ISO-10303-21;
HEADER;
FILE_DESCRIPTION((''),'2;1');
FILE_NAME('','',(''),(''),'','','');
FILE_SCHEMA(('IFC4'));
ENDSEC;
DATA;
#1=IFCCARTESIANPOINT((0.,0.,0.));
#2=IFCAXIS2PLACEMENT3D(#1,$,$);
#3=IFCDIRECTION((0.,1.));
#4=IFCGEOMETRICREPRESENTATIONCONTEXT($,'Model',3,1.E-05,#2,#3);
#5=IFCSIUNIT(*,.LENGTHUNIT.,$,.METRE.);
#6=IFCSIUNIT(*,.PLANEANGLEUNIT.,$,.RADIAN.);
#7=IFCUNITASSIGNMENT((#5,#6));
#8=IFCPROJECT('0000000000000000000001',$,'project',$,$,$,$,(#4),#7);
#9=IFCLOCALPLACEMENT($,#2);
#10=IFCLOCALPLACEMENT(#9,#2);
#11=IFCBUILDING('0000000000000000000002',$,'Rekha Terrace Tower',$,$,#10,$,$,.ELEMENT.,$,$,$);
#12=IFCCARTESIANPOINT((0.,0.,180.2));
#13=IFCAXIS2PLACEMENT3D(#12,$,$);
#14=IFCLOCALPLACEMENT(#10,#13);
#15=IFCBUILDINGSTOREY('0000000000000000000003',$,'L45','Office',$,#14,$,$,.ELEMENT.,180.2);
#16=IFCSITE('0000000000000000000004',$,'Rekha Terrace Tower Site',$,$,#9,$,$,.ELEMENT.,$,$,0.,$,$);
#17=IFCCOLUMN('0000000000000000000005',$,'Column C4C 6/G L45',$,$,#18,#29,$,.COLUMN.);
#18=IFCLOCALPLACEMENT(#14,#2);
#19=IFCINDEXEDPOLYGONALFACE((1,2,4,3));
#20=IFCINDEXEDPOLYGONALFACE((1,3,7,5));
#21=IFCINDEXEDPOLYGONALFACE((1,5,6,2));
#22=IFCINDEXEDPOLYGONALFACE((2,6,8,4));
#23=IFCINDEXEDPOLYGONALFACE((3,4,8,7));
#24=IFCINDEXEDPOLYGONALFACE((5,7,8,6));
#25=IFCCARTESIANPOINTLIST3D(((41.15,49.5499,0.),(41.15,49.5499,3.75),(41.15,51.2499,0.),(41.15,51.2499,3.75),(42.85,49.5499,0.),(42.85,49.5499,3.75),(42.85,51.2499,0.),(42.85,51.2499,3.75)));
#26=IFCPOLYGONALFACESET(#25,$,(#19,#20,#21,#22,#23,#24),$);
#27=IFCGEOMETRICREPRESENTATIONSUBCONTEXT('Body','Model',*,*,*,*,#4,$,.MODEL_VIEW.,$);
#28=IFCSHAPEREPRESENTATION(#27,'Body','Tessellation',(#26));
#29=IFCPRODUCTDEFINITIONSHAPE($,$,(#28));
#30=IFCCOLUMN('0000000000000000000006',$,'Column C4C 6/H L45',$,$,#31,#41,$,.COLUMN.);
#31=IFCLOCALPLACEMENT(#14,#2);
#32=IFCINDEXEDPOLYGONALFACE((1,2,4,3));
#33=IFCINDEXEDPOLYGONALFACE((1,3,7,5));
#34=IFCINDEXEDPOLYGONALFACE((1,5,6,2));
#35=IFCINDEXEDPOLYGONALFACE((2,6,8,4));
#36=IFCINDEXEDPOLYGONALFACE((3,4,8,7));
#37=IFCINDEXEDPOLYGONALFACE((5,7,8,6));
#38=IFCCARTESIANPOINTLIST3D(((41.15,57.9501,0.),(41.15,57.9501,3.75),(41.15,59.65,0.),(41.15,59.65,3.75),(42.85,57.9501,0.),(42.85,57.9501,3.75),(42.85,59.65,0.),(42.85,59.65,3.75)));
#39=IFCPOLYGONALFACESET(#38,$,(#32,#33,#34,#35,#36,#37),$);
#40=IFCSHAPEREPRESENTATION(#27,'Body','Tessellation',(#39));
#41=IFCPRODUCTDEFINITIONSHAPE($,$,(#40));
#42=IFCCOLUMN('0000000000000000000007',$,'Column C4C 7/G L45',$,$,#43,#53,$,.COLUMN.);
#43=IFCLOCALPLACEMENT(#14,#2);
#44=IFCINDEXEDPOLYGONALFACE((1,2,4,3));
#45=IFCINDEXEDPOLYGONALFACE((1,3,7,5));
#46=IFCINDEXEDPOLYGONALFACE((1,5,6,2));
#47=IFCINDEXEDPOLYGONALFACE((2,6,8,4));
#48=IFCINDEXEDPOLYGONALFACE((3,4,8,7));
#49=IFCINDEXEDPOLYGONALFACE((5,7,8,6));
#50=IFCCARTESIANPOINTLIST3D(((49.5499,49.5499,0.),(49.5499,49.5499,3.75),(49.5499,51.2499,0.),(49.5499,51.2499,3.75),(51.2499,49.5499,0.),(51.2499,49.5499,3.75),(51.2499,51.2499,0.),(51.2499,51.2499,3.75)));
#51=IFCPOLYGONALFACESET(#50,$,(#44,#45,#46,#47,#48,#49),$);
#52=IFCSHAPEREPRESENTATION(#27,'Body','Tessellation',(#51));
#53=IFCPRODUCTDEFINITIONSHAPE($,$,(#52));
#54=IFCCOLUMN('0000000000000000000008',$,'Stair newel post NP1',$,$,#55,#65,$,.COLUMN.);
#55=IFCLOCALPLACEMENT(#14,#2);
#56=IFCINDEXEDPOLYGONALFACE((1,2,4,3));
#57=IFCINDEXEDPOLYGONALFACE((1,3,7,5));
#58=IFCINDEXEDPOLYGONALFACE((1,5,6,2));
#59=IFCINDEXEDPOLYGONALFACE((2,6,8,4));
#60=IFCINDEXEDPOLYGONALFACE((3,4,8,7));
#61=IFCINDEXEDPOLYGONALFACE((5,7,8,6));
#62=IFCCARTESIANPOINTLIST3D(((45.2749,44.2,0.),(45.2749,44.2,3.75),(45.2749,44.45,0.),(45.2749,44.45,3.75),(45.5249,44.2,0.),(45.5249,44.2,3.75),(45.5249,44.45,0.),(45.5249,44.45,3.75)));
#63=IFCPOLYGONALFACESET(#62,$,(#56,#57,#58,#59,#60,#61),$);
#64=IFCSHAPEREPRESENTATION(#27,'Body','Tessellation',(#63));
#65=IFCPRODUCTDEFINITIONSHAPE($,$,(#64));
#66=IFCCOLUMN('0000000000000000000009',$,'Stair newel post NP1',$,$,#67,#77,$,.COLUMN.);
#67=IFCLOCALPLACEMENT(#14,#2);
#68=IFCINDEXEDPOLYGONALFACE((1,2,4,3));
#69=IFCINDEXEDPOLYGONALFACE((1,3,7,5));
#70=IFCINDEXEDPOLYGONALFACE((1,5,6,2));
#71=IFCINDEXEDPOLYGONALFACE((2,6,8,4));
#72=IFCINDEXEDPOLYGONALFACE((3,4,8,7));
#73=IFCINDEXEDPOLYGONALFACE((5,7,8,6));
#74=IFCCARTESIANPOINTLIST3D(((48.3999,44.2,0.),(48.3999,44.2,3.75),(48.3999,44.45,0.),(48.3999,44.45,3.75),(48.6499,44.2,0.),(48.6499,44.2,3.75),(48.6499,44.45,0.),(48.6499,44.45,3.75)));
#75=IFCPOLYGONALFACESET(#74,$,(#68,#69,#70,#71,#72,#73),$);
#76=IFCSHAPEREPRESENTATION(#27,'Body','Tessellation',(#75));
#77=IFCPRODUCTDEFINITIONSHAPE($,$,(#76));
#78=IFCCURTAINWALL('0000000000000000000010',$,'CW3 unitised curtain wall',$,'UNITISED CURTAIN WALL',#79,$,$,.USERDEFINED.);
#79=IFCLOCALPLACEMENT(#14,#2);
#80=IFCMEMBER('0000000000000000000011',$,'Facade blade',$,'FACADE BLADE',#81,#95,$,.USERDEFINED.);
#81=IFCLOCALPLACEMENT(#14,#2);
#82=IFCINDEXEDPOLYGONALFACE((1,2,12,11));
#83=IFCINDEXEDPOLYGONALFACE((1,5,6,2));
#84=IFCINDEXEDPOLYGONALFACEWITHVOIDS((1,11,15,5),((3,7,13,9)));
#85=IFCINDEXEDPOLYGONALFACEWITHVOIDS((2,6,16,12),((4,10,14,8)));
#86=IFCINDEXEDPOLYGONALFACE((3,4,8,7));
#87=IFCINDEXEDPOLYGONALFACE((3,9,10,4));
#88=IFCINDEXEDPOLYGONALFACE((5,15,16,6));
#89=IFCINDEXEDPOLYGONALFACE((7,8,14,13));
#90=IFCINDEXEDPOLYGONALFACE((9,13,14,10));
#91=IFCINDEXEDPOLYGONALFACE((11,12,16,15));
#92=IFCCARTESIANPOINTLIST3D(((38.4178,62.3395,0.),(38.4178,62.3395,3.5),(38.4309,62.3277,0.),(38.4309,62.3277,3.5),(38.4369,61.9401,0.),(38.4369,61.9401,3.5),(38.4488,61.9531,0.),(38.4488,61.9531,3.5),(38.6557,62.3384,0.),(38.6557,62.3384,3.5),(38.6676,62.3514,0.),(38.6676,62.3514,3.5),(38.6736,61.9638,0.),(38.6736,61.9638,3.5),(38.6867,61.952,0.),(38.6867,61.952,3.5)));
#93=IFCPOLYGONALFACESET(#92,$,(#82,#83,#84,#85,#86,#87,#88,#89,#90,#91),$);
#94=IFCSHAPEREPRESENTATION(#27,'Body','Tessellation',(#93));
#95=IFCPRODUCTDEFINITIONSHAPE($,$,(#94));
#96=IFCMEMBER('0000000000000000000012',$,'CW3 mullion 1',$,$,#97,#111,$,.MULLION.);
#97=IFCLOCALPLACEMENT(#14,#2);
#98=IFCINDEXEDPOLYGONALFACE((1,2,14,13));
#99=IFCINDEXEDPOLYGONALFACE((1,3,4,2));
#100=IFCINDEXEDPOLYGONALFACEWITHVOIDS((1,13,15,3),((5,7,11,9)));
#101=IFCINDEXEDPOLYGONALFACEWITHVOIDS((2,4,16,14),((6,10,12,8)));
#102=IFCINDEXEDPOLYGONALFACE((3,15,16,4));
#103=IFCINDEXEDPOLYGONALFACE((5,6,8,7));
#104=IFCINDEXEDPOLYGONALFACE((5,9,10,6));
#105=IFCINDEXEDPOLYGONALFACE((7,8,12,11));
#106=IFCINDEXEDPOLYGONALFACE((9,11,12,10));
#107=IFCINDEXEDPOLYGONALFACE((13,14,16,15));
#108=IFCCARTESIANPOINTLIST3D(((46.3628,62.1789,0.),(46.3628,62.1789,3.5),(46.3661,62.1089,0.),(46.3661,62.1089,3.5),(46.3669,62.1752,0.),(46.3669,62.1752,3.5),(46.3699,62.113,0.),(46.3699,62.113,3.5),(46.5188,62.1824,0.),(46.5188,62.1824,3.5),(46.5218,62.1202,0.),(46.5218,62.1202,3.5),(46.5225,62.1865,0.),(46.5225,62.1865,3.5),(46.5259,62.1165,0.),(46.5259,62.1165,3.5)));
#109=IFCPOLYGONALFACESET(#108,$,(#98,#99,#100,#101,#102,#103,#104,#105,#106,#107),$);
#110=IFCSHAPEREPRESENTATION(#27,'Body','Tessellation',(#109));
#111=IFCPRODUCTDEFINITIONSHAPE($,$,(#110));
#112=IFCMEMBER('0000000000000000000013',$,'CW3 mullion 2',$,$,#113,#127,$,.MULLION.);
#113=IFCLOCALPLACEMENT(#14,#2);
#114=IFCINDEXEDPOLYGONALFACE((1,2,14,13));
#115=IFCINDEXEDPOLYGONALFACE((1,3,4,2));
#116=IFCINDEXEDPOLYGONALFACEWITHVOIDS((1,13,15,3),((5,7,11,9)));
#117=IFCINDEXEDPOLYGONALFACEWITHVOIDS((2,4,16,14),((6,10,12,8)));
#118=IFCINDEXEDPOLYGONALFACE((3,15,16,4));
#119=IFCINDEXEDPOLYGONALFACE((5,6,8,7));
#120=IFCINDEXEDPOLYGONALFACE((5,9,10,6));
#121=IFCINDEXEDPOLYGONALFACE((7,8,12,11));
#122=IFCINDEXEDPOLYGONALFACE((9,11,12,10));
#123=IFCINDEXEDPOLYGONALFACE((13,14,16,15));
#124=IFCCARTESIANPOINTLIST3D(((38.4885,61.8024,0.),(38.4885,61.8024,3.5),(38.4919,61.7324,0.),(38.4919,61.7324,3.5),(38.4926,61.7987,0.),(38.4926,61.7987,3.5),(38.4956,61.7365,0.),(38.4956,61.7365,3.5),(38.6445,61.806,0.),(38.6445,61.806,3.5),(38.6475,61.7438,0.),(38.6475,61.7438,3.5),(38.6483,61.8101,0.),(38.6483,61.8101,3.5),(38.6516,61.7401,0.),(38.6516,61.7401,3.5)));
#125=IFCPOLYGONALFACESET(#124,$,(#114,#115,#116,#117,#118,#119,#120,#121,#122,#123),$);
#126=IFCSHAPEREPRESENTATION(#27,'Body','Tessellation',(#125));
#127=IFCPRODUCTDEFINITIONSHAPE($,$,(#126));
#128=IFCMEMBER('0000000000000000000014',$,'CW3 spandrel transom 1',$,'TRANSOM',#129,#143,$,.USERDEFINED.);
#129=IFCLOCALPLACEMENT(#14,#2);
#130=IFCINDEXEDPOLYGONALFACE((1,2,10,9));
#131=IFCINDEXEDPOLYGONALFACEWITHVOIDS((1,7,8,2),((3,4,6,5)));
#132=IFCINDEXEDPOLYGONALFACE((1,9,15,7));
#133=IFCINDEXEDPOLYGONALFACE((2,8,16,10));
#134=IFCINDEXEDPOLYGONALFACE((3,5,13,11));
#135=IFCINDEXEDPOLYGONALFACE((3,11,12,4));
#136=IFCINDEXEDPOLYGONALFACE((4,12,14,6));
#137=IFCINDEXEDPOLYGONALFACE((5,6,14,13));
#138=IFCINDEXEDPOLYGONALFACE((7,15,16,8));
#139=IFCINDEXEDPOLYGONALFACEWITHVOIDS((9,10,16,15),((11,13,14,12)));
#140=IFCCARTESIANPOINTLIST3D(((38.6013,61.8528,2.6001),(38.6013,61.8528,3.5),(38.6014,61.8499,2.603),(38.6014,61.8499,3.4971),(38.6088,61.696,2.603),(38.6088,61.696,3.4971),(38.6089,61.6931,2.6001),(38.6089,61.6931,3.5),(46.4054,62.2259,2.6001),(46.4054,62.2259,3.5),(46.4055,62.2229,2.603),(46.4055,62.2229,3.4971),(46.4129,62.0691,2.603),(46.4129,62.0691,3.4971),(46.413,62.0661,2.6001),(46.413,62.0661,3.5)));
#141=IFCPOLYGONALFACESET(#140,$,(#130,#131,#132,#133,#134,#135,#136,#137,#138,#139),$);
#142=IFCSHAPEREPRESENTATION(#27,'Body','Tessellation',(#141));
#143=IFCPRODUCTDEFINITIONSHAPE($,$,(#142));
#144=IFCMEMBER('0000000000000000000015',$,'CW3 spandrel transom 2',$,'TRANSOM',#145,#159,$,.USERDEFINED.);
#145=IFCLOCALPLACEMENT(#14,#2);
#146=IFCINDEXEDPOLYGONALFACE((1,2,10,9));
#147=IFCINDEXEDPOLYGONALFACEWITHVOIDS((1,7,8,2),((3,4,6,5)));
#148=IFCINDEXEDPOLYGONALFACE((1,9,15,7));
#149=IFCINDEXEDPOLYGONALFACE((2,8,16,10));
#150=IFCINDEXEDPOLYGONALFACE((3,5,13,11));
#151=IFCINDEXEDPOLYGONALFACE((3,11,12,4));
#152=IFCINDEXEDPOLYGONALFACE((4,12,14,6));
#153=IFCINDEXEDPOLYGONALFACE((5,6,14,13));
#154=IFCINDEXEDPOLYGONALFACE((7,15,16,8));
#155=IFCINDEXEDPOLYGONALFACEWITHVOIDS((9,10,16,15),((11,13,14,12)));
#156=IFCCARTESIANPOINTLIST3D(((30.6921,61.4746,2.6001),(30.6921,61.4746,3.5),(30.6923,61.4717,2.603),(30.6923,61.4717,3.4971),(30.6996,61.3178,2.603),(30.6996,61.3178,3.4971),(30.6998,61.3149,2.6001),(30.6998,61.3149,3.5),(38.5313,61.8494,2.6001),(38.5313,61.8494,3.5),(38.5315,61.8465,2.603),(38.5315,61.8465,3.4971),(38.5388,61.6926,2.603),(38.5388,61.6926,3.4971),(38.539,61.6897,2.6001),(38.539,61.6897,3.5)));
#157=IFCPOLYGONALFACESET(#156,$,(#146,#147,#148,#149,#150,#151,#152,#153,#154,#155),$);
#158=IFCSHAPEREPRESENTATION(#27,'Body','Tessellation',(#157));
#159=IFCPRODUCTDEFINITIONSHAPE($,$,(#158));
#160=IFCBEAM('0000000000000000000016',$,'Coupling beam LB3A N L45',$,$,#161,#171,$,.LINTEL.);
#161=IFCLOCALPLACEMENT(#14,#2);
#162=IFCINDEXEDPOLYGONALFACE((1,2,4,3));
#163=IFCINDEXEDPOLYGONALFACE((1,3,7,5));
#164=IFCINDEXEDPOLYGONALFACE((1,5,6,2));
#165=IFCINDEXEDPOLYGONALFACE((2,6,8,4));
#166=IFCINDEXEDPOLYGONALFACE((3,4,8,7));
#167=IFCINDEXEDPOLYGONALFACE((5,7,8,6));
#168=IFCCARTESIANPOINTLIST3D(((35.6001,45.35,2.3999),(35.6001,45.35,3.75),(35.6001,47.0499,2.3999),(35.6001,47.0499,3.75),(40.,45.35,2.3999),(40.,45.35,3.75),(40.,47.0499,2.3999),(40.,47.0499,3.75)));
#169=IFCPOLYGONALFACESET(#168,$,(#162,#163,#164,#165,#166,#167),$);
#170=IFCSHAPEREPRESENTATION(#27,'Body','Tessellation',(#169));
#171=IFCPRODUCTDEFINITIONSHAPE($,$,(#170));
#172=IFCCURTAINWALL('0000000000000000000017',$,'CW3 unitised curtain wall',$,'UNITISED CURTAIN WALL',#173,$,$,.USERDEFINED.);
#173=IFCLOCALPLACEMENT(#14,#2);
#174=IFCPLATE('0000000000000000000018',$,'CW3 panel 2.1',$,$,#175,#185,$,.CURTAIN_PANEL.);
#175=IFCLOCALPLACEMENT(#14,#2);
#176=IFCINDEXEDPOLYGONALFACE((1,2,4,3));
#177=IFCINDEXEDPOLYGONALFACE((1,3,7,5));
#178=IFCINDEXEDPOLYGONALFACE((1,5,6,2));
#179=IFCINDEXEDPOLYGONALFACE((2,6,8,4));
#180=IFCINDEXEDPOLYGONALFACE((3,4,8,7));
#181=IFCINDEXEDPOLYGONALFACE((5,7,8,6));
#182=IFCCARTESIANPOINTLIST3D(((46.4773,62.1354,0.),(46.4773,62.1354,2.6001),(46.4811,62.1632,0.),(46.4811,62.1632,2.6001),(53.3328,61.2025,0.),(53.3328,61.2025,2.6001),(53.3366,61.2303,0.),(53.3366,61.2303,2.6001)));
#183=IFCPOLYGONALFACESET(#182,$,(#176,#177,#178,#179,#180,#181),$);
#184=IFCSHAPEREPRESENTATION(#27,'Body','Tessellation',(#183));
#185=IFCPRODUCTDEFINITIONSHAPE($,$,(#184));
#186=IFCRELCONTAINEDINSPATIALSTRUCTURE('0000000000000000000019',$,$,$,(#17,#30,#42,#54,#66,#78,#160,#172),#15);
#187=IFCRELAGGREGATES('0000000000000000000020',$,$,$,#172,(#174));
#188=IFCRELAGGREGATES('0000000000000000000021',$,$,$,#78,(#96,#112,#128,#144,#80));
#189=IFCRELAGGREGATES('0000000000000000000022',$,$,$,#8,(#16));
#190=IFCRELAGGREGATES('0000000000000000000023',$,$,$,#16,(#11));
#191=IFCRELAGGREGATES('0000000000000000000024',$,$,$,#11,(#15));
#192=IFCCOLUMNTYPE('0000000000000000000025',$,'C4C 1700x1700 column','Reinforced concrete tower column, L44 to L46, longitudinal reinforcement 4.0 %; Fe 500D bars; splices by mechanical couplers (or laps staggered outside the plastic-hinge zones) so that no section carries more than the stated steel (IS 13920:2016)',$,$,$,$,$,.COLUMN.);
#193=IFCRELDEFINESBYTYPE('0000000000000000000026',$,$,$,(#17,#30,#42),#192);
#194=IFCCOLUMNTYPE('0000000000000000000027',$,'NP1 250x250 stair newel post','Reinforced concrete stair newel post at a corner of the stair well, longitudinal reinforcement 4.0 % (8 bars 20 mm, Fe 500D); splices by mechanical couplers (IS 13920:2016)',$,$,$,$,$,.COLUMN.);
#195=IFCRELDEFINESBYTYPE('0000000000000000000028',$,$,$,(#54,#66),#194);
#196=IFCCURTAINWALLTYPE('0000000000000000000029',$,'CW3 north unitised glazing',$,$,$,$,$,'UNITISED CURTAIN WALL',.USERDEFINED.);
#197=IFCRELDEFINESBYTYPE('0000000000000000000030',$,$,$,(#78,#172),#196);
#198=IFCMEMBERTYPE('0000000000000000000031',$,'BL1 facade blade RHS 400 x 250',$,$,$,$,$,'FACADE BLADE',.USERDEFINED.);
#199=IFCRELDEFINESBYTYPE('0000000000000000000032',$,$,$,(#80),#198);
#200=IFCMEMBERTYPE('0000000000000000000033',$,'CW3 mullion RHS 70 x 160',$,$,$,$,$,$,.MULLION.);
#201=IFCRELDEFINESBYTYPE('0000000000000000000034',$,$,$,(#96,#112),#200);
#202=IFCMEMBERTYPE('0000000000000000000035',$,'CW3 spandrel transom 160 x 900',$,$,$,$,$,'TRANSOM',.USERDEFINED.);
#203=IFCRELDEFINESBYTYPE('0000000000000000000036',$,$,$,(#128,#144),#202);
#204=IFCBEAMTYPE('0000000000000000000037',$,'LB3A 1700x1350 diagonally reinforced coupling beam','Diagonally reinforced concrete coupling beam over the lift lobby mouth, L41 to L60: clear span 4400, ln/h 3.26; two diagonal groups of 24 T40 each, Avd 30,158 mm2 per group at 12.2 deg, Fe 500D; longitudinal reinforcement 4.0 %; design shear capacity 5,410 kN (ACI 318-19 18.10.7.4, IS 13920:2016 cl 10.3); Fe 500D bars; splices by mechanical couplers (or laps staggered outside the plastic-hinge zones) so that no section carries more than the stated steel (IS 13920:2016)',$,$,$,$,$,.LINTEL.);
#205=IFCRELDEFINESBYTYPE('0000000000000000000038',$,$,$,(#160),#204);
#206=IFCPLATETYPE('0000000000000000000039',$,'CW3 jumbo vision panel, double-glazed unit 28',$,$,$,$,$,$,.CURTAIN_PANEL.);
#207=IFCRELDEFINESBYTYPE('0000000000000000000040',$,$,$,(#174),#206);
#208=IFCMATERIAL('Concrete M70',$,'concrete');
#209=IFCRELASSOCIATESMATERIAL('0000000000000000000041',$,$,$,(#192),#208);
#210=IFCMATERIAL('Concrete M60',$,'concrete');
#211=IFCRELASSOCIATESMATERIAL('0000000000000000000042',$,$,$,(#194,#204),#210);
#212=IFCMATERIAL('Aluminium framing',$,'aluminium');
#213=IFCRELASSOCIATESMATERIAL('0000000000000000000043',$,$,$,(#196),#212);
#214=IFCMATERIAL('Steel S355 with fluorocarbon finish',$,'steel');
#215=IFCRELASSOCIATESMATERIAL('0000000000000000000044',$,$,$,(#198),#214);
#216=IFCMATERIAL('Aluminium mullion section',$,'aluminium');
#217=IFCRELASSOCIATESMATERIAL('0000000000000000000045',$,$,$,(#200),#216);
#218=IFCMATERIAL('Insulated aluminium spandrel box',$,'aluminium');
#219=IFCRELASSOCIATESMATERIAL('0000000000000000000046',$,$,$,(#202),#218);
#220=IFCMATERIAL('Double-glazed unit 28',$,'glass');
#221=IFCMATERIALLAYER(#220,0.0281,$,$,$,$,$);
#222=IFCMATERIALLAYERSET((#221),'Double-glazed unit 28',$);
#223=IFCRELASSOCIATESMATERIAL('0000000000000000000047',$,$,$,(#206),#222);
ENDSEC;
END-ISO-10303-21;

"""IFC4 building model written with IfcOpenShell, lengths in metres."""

from ifc_helpers import new_model, si_unit, direction, frame, origin, origin_2d, place, context, subcontext, project, spatial, rectangle, hollow_rectangle, extrude, material, layer, layer_set, material_profile, profile_set, type_object, element, aggregate, save


model = new_model("IFC4")

# Units and contexts
model_context = context("Model", 3, precision=1e-05, world=origin(), true_north=direction((0.0, 1.0)))
body_context = subcontext(model_context, "Body", "Model", "MODEL_VIEW")
ifc_project = project(units=[si_unit("LENGTHUNIT", "METRE"), si_unit("PLANEANGLEUNIT", "RADIAN")], contexts=[model_context])

# Site, building, storey
site_placement = place(None, origin())
site = spatial("IfcSite", under=ifc_project, at=site_placement, Name="Rekha Terrace Tower Site", CompositionType="ELEMENT", RefElevation=0.0)
building_placement = place(site_placement, origin())
building = spatial("IfcBuilding", under=site, at=building_placement, Name="Rekha Terrace Tower", CompositionType="ELEMENT")
storey_placement = place(building_placement, frame((0.0, 0.0, 180.2)))
storey = spatial("IfcBuildingStorey", under=building, at=storey_placement, Name="L45", Description="Office", CompositionType="ELEMENT", Elevation=180.2)

# Columns
ifc_material_1 = material(Name="Concrete M70", Category="concrete")
ifc_material_profile_1 = material_profile(ifc_material_1, rectangle(XDim=1.7, YDim=1.7, at=origin_2d()), Name="RC 1700x1700")
ifc_profile_set_1 = profile_set([ifc_material_profile_1], Name="Concrete M70")
column_type_1 = type_object("IfcColumnType", Name="C4C 1700x1700 column", Description="Reinforced concrete tower column, L44 to L46, longitudinal reinforcement 4.0 %; Fe 500D bars; splices by mechanical couplers (or laps staggered outside the plastic-hinge zones) so that no section carries more than the stated steel (IS 13920:2016)", PredefinedType="COLUMN", material=ifc_profile_set_1)
for number, where, z_axis, x_axis, name in (
    (1, (42.0, 50.3999, 0.0), (0.0, 0.0, 1.0), (1.0, 0.0, 0.0), "Column C4C 6/G L45"),
    (2, (42.0, 58.8, 0.0), (0.0, 0.0, 1.0), (1.0, 0.0, 0.0), "Column C4C 6/H L45"),
    (3, (50.3999, 50.3999, 0.0), (0.0, 0.0, 1.0), (1.0, 0.0, 0.0), "Column C4C 7/G L45"),
):
    element("IfcColumn", number, at=place(storey_placement, frame(where, z_axis=z_axis, x_axis=x_axis)), inside=storey, type_object=column_type_1, Name=name, PredefinedType="COLUMN", context=body_context, shape_type="SweptSolid", body=[
        extrude(rectangle(XDim=1.7, YDim=1.7, at=origin_2d()), origin(), (0.0, 0.0, 1.0), 3.75),
    ])
ifc_material_2 = material(Name="Concrete M60", Category="concrete")
ifc_material_profile_2 = material_profile(ifc_material_2, rectangle(XDim=0.25, YDim=0.25, at=origin_2d()), Name="RC 250x250")
ifc_profile_set_2 = profile_set([ifc_material_profile_2], Name="Concrete M60")
column_type_2 = type_object("IfcColumnType", Name="NP1 250x250 stair newel post", Description="Reinforced concrete stair newel post at a corner of the stair well, longitudinal reinforcement 4.0 % (8 bars 20 mm, Fe 500D); splices by mechanical couplers (IS 13920:2016)", PredefinedType="COLUMN", material=ifc_profile_set_2)
for number, where, z_axis, x_axis, name in (
    (4, (45.3999, 44.325, 0.0), (0.0, 0.0, 1.0), (1.0, 0.0, 0.0), "Stair newel post NP1"),
    (5, (48.5249, 44.325, 0.0), (0.0, 0.0, 1.0), (1.0, 0.0, 0.0), "Stair newel post NP1"),
):
    element("IfcColumn", number, at=place(storey_placement, frame(where, z_axis=z_axis, x_axis=x_axis)), inside=storey, type_object=column_type_2, Name=name, PredefinedType="COLUMN", context=body_context, shape_type="SweptSolid", body=[
        extrude(rectangle(XDim=0.25, YDim=0.25, at=origin_2d()), origin(), (0.0, 0.0, 1.0), 3.75),
    ])

# Curtain wall, members
ifc_material_3 = material(Name="Aluminium framing", Category="aluminium")
curtain_wall_type = type_object("IfcCurtainWallType", Name="CW3 north unitised glazing", ElementType="UNITISED CURTAIN WALL", PredefinedType="USERDEFINED", material=ifc_material_3)
curtain_wall_1_placement = place(storey_placement, origin())
curtain_wall_1 = element("IfcCurtainWall", 6, at=curtain_wall_1_placement, inside=storey, type_object=curtain_wall_type, Name="CW3 unitised curtain wall", ObjectType="UNITISED CURTAIN WALL", PredefinedType="USERDEFINED")
ifc_material_4 = material(Name="Steel S355 with fluorocarbon finish", Category="steel")
ifc_material_profile_3 = material_profile(ifc_material_4, hollow_rectangle(XDim=0.25, YDim=0.3999, WallThickness=0.0125, at=origin_2d()), Name="RHS400x250x12.5")
ifc_profile_set_3 = profile_set([ifc_material_profile_3], Name="Steel S355 with fluorocarbon finish")
member_type_1 = type_object("IfcMemberType", Name="BL1 facade blade RHS 400 x 250", ElementType="FACADE BLADE", PredefinedType="USERDEFINED", material=ifc_profile_set_3)
member_1_placement = place(storey_placement, frame((38.5522, 62.1458, 0.0), z_axis=(0.0, 0.0, 1.0), x_axis=(-0.998859, -0.047758, 0.0)))
member_1 = element("IfcMember", 7, at=member_1_placement, type_object=member_type_1, Name="Facade blade", ObjectType="FACADE BLADE", PredefinedType="USERDEFINED", context=body_context, shape_type="SweptSolid", body=[
    extrude(hollow_rectangle(XDim=0.25, YDim=0.3999, WallThickness=0.0125, at=origin_2d()), origin(), (0.0, 0.0, 1.0), 3.5),
])
ifc_material_5 = material(Name="Aluminium mullion section", Category="aluminium")
ifc_material_profile_4 = material_profile(ifc_material_5, hollow_rectangle(XDim=0.0701, YDim=0.1599, WallThickness=0.0039, at=origin_2d()), Name="AL RHS 70x160")
ifc_profile_set_4 = profile_set([ifc_material_profile_4], Name="Aluminium mullion section")
member_type_2 = type_object("IfcMemberType", Name="CW3 mullion RHS 70 x 160", PredefinedType="MULLION", material=ifc_profile_set_4)
member_2_placement = place(storey_placement, frame((46.4443, 62.1477, 0.0), z_axis=(0.0, 0.0, 1.0), x_axis=(0.047759, -0.998859, 0.0)))
member_2 = element("IfcMember", 8, at=member_2_placement, type_object=member_type_2, Name="CW3 mullion 1", PredefinedType="MULLION", context=body_context, shape_type="SweptSolid", body=[
    extrude(hollow_rectangle(XDim=0.0701, YDim=0.1599, WallThickness=0.0039, at=origin_2d()), origin(), (0.0, 0.0, 1.0), 3.5),
])
member_3_placement = place(storey_placement, frame((38.5701, 61.7712, 0.0), z_axis=(0.0, 0.0, 1.0), x_axis=(0.047759, -0.998859, 0.0)))
member_3 = element("IfcMember", 9, at=member_3_placement, type_object=member_type_2, Name="CW3 mullion 2", PredefinedType="MULLION", context=body_context, shape_type="SweptSolid", body=[
    extrude(hollow_rectangle(XDim=0.0701, YDim=0.1599, WallThickness=0.0039, at=origin_2d()), origin(), (0.0, 0.0, 1.0), 3.5),
])
ifc_material_6 = material(Name="Insulated aluminium spandrel box", Category="aluminium")
ifc_material_profile_5 = material_profile(ifc_material_6, hollow_rectangle(XDim=0.1599, YDim=0.8999, WallThickness=0.0029, at=origin_2d()), Name="AL SPANDREL BOX 160x900")
ifc_profile_set_5 = profile_set([ifc_material_profile_5], Name="Insulated aluminium spandrel box")
member_type_3 = type_object("IfcMemberType", Name="CW3 spandrel transom 160 x 900", ElementType="TRANSOM", PredefinedType="USERDEFINED", material=ifc_profile_set_5)
member_4_placement = place(storey_placement, frame((46.4092, 62.146, 3.05), z_axis=(-0.998859, -0.047748, 0.0), x_axis=(0.047748, -0.998859, 0.0)))
member_4 = element("IfcMember", 10, at=member_4_placement, type_object=member_type_3, Name="CW3 spandrel transom 1", ObjectType="TRANSOM", PredefinedType="USERDEFINED", context=body_context, shape_type="SweptSolid", body=[
    extrude(hollow_rectangle(XDim=0.1599, YDim=0.8999, WallThickness=0.0029, at=origin_2d()), origin(), (0.0, 0.0, 1.0), 7.813),
])
member_5_placement = place(storey_placement, frame((38.5352, 61.7695, 3.05), z_axis=(-0.998859, -0.047751, 0.0), x_axis=(0.047751, -0.998859, 0.0)))
member_5 = element("IfcMember", 11, at=member_5_placement, type_object=member_type_3, Name="CW3 spandrel transom 2", ObjectType="TRANSOM", PredefinedType="USERDEFINED", context=body_context, shape_type="SweptSolid", body=[
    extrude(hollow_rectangle(XDim=0.1599, YDim=0.8999, WallThickness=0.0029, at=origin_2d()), origin(), (0.0, 0.0, 1.0), 7.8481),
])

# Beam
ifc_material_profile_6 = material_profile(ifc_material_2, rectangle(XDim=1.7, YDim=1.3501, at=origin_2d()), Name="RC 1700x1350")
ifc_profile_set_6 = profile_set([ifc_material_profile_6], Name="Concrete M60")
beam_type = type_object("IfcBeamType", Name="LB3A 1700x1350 diagonally reinforced coupling beam", Description="Diagonally reinforced concrete coupling beam over the lift lobby mouth, L41 to L60: clear span 4400, ln/h 3.26; two diagonal groups of 24 T40 each, Avd 30,158 mm2 per group at 12.2 deg, Fe 500D; longitudinal reinforcement 4.0 %; design shear capacity 5,410 kN (ACI 318-19 18.10.7.4, IS 13920:2016 cl 10.3); Fe 500D bars; splices by mechanical couplers (or laps staggered outside the plastic-hinge zones) so that no section carries more than the stated steel (IS 13920:2016)", PredefinedType="LINTEL", material=ifc_profile_set_6)
beam_placement = place(storey_placement, frame((35.6001, 46.2, 3.075), z_axis=(1.0, 0.0, 0.0), x_axis=(0.0, 1.0, 0.0)))
element("IfcBeam", 12, at=beam_placement, inside=storey, type_object=beam_type, Name="Coupling beam LB3A N L45", PredefinedType="LINTEL", context=body_context, shape_type="SweptSolid", body=[
    extrude(rectangle(XDim=1.7, YDim=1.3501, at=origin_2d()), origin(), (0.0, 0.0, 1.0), 4.3999),
])

# Curtain wall, plate
curtain_wall_2_placement = place(storey_placement, origin())
curtain_wall_2 = element("IfcCurtainWall", 13, at=curtain_wall_2_placement, inside=storey, type_object=curtain_wall_type, Name="CW3 unitised curtain wall", ObjectType="UNITISED CURTAIN WALL", PredefinedType="USERDEFINED")
ifc_material_7 = material(Name="Double-glazed unit 28", Category="glass")
ifc_layer_1 = layer(ifc_material_7, 0.0281)
ifc_layer_set_1 = layer_set([ifc_layer_1], Name="Double-glazed unit 28")
plate_type = type_object("IfcPlateType", Name="CW3 jumbo vision panel, double-glazed unit 28", PredefinedType="CURTAIN_PANEL", material=ifc_layer_set_1)
plate_1_placement = place(storey_placement, frame((49.907, 61.6829, 0.0), z_axis=(0.0, 0.0, 1.0), x_axis=(-0.990867, 0.134841, 0.0)))
plate_1 = element("IfcPlate", 14, at=plate_1_placement, type_object=plate_type, Name="CW3 panel 2.1", PredefinedType="CURTAIN_PANEL", context=body_context, shape_type="SweptSolid", body=[
    extrude(rectangle(XDim=6.9187, YDim=0.0281, at=origin_2d()), origin(), (0.0, 0.0, 1.0), 2.6001),
])
aggregate(curtain_wall_2, [plate_1])

aggregate(curtain_wall_1, [member_2, member_3, member_4, member_5, member_1])

save(model, "model.ifc")
